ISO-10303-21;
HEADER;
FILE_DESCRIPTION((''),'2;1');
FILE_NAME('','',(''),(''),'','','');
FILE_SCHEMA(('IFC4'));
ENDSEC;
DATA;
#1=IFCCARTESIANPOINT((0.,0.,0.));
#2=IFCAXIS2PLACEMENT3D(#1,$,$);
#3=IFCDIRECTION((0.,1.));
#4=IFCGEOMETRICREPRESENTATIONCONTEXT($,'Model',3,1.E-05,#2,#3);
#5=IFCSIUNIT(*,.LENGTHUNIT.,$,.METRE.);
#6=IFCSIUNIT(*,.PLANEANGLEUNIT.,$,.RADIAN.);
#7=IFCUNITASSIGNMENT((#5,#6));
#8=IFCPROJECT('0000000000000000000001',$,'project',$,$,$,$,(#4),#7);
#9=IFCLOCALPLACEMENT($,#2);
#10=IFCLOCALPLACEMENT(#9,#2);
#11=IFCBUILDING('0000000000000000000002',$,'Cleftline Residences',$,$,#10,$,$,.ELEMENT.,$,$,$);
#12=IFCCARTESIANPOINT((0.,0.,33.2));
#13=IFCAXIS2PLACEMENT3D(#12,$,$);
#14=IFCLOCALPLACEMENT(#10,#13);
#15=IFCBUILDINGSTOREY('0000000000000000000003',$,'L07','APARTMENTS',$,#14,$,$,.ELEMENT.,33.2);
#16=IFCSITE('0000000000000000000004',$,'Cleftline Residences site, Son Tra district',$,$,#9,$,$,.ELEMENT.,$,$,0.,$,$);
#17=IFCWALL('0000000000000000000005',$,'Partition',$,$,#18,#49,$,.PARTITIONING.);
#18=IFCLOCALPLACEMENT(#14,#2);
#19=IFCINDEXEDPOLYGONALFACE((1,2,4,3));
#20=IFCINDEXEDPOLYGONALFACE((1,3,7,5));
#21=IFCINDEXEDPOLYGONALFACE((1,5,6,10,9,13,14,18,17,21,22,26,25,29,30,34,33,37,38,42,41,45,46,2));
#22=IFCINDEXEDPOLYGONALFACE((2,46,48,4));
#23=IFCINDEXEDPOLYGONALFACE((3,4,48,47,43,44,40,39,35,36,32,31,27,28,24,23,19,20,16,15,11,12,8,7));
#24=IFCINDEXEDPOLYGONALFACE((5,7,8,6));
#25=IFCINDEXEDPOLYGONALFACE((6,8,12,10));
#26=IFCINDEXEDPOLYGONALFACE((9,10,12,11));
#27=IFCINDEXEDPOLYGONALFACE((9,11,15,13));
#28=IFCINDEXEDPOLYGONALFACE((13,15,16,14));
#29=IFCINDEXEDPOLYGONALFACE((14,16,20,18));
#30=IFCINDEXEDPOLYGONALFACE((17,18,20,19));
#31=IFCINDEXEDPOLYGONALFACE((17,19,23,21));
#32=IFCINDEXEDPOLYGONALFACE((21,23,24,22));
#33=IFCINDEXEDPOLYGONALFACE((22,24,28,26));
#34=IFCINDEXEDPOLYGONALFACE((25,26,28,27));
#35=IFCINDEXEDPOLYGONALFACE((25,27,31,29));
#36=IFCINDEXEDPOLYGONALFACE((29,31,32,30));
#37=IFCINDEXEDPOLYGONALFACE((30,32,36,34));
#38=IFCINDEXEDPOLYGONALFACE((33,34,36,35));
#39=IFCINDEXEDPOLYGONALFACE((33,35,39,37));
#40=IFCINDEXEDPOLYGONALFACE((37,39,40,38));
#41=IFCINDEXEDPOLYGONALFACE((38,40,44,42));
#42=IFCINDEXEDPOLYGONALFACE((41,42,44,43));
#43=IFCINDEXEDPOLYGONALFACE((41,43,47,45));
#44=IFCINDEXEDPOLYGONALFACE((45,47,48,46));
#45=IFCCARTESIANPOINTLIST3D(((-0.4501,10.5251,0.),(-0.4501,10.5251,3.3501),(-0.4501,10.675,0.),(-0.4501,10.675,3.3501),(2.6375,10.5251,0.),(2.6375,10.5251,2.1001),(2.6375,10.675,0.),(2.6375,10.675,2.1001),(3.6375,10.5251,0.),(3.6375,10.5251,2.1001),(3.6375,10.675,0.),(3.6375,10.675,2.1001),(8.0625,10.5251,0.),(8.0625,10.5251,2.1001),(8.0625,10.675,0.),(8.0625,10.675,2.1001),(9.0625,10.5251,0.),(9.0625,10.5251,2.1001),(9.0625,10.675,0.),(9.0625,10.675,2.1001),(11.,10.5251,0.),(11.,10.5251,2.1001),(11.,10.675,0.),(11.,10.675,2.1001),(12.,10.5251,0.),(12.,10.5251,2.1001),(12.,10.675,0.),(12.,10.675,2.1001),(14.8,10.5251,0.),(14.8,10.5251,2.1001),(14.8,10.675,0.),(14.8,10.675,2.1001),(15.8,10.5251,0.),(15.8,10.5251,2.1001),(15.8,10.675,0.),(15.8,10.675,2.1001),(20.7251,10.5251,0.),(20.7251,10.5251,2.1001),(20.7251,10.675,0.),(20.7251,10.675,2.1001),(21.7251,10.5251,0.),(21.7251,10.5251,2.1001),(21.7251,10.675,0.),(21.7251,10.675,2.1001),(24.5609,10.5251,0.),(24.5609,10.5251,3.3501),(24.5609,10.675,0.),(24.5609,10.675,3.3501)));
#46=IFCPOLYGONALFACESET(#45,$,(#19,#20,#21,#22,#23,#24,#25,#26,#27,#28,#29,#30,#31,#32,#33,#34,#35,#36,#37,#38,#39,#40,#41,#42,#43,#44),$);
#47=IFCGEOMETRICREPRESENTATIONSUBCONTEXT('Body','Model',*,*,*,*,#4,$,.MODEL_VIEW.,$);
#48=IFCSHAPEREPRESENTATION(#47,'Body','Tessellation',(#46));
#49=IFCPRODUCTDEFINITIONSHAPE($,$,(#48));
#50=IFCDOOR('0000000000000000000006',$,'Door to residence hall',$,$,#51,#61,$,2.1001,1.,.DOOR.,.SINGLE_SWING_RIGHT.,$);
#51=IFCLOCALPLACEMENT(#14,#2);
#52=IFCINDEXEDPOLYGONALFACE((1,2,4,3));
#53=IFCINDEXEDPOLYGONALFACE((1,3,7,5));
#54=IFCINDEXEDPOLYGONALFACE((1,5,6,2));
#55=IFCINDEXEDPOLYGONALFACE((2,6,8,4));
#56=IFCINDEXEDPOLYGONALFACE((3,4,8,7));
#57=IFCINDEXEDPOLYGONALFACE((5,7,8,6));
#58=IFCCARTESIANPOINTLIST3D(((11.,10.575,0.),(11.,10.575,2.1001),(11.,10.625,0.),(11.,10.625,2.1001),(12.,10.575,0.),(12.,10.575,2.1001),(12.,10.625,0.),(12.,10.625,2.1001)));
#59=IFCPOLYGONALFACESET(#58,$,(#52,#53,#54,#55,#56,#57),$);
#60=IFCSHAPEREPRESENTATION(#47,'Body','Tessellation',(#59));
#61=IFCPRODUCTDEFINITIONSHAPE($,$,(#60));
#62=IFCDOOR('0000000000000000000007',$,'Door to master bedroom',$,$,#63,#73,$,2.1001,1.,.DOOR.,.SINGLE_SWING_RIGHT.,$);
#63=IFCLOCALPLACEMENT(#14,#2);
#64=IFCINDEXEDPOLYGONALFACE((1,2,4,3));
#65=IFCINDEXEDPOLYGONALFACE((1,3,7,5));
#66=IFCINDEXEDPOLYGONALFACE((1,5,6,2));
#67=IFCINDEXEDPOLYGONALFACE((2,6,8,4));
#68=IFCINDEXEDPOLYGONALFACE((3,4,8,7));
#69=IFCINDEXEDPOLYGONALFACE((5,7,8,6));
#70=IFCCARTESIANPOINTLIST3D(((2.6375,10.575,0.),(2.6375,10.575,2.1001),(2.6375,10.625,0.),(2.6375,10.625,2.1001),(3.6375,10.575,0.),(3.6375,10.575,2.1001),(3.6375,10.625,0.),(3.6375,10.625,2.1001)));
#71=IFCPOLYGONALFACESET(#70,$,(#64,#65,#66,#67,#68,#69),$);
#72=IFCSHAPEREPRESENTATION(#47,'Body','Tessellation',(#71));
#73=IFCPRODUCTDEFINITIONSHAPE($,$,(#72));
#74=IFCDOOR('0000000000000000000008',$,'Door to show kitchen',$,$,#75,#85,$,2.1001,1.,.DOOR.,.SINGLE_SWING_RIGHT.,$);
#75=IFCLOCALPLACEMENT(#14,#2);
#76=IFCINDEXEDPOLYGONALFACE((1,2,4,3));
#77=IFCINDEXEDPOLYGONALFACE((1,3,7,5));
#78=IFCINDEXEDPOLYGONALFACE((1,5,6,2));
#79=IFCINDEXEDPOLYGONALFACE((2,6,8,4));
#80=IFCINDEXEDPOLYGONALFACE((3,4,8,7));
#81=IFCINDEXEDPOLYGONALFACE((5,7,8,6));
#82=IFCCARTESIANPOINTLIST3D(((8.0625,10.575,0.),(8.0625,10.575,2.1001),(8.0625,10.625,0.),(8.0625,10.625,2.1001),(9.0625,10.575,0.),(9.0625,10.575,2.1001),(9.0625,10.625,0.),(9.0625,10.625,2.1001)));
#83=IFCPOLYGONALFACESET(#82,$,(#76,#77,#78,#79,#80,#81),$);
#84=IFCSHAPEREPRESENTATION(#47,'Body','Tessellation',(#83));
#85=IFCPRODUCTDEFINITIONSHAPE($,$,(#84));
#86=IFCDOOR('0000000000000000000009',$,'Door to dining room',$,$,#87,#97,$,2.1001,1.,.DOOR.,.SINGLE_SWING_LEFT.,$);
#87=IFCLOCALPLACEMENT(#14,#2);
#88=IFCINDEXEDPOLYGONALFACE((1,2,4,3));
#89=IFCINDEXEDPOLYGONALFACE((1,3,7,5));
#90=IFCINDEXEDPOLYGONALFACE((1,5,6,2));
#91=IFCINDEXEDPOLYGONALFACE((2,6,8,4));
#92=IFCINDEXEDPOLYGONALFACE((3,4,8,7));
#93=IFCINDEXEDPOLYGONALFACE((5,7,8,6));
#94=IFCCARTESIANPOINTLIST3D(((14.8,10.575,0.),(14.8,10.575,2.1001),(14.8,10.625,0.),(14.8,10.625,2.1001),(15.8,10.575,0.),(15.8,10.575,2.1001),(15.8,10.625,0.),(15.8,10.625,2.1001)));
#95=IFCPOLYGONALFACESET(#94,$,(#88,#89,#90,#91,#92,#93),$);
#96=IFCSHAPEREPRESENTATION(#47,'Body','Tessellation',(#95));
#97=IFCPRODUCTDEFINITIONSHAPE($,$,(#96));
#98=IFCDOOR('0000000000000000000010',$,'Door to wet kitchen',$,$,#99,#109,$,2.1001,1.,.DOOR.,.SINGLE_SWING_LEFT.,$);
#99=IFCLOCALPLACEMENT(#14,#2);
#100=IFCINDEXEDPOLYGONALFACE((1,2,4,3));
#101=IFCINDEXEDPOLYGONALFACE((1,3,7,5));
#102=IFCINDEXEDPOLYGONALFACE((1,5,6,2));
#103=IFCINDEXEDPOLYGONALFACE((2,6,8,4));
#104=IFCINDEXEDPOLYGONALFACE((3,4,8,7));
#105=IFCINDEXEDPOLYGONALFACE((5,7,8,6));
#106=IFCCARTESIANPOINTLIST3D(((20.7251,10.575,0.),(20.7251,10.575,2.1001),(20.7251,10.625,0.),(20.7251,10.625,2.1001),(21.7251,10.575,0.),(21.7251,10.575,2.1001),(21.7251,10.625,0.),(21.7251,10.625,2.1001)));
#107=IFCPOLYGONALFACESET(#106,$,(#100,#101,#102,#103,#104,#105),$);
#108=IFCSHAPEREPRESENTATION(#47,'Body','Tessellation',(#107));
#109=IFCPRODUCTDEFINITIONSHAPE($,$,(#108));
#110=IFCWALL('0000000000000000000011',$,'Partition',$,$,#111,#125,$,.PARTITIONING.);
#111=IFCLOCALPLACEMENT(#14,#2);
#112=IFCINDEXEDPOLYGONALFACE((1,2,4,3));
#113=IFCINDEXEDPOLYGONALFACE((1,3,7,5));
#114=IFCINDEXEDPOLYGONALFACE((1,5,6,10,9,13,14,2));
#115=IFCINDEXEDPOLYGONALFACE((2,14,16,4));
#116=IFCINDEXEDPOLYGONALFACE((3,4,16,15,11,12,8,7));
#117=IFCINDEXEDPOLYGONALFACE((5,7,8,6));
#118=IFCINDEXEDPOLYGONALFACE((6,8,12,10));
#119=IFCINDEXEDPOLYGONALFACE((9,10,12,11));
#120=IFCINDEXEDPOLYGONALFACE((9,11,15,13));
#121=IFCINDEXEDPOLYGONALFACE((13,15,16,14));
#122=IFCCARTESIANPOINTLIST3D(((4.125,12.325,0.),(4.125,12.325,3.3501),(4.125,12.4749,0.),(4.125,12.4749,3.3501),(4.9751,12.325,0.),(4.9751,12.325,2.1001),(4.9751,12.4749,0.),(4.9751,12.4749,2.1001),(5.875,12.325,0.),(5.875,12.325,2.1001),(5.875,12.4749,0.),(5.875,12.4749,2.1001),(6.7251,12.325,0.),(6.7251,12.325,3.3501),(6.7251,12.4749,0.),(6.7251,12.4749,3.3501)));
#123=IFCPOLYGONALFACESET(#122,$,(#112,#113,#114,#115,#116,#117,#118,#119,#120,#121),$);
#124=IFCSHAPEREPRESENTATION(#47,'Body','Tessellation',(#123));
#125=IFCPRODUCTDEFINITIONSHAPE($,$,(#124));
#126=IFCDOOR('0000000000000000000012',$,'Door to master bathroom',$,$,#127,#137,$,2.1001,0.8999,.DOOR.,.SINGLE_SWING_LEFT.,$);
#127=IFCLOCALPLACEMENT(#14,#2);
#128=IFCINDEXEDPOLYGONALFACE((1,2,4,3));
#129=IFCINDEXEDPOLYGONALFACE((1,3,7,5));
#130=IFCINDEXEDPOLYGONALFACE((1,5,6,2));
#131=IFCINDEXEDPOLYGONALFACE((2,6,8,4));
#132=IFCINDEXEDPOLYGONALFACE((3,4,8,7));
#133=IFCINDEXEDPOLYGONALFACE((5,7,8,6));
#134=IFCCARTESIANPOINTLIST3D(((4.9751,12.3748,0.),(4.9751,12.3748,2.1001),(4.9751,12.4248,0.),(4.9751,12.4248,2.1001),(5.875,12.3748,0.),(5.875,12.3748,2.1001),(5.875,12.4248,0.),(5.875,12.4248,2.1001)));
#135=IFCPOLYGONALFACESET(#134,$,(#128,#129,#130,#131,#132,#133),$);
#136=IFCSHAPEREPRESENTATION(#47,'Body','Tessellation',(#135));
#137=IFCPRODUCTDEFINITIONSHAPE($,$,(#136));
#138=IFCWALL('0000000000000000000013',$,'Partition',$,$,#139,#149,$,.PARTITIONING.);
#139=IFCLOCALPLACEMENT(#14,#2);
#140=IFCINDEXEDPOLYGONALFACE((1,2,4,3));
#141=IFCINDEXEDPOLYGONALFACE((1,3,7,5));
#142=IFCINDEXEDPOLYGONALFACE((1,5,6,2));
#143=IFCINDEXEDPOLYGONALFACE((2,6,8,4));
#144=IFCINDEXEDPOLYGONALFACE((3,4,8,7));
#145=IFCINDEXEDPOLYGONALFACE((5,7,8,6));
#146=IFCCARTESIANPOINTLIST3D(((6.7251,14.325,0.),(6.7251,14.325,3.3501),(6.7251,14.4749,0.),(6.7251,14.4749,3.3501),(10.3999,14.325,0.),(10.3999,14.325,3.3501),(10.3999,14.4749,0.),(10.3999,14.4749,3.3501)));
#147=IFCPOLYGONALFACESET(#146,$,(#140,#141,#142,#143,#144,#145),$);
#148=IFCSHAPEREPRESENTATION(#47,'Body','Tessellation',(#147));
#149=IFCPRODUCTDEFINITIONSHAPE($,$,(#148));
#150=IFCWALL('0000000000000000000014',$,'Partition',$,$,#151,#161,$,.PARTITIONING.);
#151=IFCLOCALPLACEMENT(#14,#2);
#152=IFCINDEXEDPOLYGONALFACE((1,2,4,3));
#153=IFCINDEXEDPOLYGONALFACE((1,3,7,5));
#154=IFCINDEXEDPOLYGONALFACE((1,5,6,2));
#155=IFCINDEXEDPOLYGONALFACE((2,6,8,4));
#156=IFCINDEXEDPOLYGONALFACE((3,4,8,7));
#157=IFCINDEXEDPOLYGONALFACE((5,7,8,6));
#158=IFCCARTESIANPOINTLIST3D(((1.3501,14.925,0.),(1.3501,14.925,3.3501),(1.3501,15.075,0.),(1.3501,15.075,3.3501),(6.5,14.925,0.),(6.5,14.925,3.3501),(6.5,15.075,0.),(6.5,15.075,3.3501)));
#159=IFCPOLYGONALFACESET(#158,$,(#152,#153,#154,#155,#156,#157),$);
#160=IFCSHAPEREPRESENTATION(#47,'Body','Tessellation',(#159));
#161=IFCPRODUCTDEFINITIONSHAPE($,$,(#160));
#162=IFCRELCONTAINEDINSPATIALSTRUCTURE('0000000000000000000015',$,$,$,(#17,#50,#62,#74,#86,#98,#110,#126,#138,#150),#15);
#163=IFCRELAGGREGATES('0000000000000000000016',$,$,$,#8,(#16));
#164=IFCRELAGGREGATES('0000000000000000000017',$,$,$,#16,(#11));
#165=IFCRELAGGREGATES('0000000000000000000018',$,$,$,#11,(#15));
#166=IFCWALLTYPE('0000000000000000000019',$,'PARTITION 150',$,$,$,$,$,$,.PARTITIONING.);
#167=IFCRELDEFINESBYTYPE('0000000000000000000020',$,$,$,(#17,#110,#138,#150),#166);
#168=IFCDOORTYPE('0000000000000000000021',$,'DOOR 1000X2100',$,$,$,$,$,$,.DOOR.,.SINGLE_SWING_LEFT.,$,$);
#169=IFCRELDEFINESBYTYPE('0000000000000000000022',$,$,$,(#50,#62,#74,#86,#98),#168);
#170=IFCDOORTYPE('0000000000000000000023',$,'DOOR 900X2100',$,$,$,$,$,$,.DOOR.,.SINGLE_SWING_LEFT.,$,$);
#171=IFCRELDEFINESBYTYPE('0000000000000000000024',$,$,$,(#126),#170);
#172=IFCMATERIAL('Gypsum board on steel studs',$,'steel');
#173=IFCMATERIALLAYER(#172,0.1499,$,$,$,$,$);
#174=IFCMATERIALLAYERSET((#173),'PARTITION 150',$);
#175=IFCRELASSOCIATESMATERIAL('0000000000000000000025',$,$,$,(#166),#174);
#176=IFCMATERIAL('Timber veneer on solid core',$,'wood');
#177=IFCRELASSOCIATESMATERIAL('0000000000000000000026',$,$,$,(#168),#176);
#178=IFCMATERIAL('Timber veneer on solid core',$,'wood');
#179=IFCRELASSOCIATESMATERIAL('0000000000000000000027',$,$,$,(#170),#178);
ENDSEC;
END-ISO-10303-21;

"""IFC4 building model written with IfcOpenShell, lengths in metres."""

from ifc_helpers import new_model, si_unit, direction, frame, frame_2d, origin, place, context, subcontext, project, spatial, rectangle, extrude, material, layer, layer_set, type_object, element, fill, save


model = new_model("IFC4")

# Units and contexts
model_context = context("Model", 3, precision=1e-05, world=origin(), true_north=direction((0.0, 1.0)))
body_context = subcontext(model_context, "Body", "Model", "MODEL_VIEW")
ifc_project = project(units=[si_unit("LENGTHUNIT", "METRE"), si_unit("PLANEANGLEUNIT", "RADIAN")], contexts=[model_context])

# Site, building, storey
site_placement = place(None, origin())
site = spatial("IfcSite", under=ifc_project, at=site_placement, Name="Cleftline Residences site, Son Tra district", CompositionType="ELEMENT", RefElevation=0.0)
building_placement = place(site_placement, origin())
building = spatial("IfcBuilding", under=site, at=building_placement, Name="Cleftline Residences", CompositionType="ELEMENT")
storey_placement = place(building_placement, frame((0.0, 0.0, 33.2)))
storey = spatial("IfcBuildingStorey", under=building, at=storey_placement, Name="L07", Description="APARTMENTS", CompositionType="ELEMENT", Elevation=33.2)

# Wall, openings, doors
ifc_material_1 = material(Name="Gypsum board on steel studs", Category="steel")
ifc_layer = layer(ifc_material_1, 0.1499)
ifc_layer_set = layer_set([ifc_layer], Name="PARTITION 150")
wall_type = type_object("IfcWallType", Name="PARTITION 150", PredefinedType="PARTITIONING", material=ifc_layer_set)
wall_1_placement = place(storey_placement, frame((-0.45, 10.6001, 0.0), z_axis=(0.0, 0.0, 1.0), x_axis=(1.0, 0.0, 0.0)))
wall_1 = element("IfcWall", 1, at=wall_1_placement, inside=storey, type_object=wall_type, Name="Partition", PredefinedType="PARTITIONING", context=body_context, shape_type="SweptSolid", body=[
    extrude(rectangle(XDim=25.011, YDim=0.1499, at=frame_2d((12.5054, 0.0))), origin(), (0.0, 0.0, 1.0), 3.3501),
])
opening_1_placement = place(wall_1_placement, frame((11.45, 0.0, 0.0)))
opening_1 = element("IfcOpeningElement", 2, at=opening_1_placement, cuts=wall_1, PredefinedType="OPENING", context=body_context, shape_type="SweptSolid", body=[
    extrude(rectangle(XDim=1.0, YDim=2.1001, at=frame_2d((0.5, 1.05))), frame((0.0, 0.085, 0.0), z_axis=(0.0, -1.0, 0.0), x_axis=(1.0, 0.0, 0.0)), (0.0, 0.0, 1.0), 0.1699),
])
opening_2_placement = place(wall_1_placement, frame((3.0874, 0.0, 0.0)))
opening_2 = element("IfcOpeningElement", 3, at=opening_2_placement, cuts=wall_1, PredefinedType="OPENING", context=body_context, shape_type="SweptSolid", body=[
    extrude(rectangle(XDim=1.0, YDim=2.1001, at=frame_2d((0.5, 1.05))), frame((0.0, 0.085, 0.0), z_axis=(0.0, -1.0, 0.0), x_axis=(1.0, 0.0, 0.0)), (0.0, 0.0, 1.0), 0.1699),
])
opening_3_placement = place(wall_1_placement, frame((8.5125, 0.0, 0.0)))
opening_3 = element("IfcOpeningElement", 4, at=opening_3_placement, cuts=wall_1, PredefinedType="OPENING", context=body_context, shape_type="SweptSolid", body=[
    extrude(rectangle(XDim=1.0, YDim=2.1001, at=frame_2d((0.5, 1.05))), frame((0.0, 0.085, 0.0), z_axis=(0.0, -1.0, 0.0), x_axis=(1.0, 0.0, 0.0)), (0.0, 0.0, 1.0), 0.1699),
])
opening_4_placement = place(wall_1_placement, frame((15.25, 0.0, 0.0)))
opening_4 = element("IfcOpeningElement", 5, at=opening_4_placement, cuts=wall_1, PredefinedType="OPENING", context=body_context, shape_type="SweptSolid", body=[
    extrude(rectangle(XDim=1.0, YDim=2.1001, at=frame_2d((0.5, 1.05))), frame((0.0, 0.085, 0.0), z_axis=(0.0, -1.0, 0.0), x_axis=(1.0, 0.0, 0.0)), (0.0, 0.0, 1.0), 0.1699),
])
opening_5_placement = place(wall_1_placement, frame((21.175, 0.0, 0.0)))
opening_5 = element("IfcOpeningElement", 6, at=opening_5_placement, cuts=wall_1, PredefinedType="OPENING", context=body_context, shape_type="SweptSolid", body=[
    extrude(rectangle(XDim=1.0, YDim=2.1001, at=frame_2d((0.5, 1.05))), frame((0.0, 0.085, 0.0), z_axis=(0.0, -1.0, 0.0), x_axis=(1.0, 0.0, 0.0)), (0.0, 0.0, 1.0), 0.1699),
])
ifc_material_2 = material(Name="Timber veneer on solid core", Category="wood")
door_type_1 = type_object("IfcDoorType", Name="DOOR 1000X2100", OperationType="SINGLE_SWING_LEFT", PredefinedType="DOOR", material=ifc_material_2)
door_1_placement = place(opening_1_placement, origin())
door_1 = element("IfcDoor", 7, at=door_1_placement, inside=storey, type_object=door_type_1, Name="Door to residence hall", OperationType="SINGLE_SWING_RIGHT", OverallHeight=2.1001, OverallWidth=1.0, PredefinedType="DOOR", context=body_context, shape_type="SweptSolid", body=[
    extrude(rectangle(XDim=1.0, YDim=2.1001, at=frame_2d((0.5, 1.05))), frame((0.0, 0.0249, 0.0), z_axis=(0.0, -1.0, 0.0), x_axis=(1.0, 0.0, 0.0)), (0.0, 0.0, 1.0), 0.05),
])
fill(opening_1, door_1)
door_2_placement = place(opening_2_placement, origin())
door_2 = element("IfcDoor", 8, at=door_2_placement, inside=storey, type_object=door_type_1, Name="Door to master bedroom", OperationType="SINGLE_SWING_RIGHT", OverallHeight=2.1001, OverallWidth=1.0, PredefinedType="DOOR", context=body_context, shape_type="SweptSolid", body=[
    extrude(rectangle(XDim=1.0, YDim=2.1001, at=frame_2d((0.5, 1.05))), frame((0.0, 0.0249, 0.0), z_axis=(0.0, -1.0, 0.0), x_axis=(1.0, 0.0, 0.0)), (0.0, 0.0, 1.0), 0.05),
])
fill(opening_2, door_2)
door_3_placement = place(opening_3_placement, origin())
door_3 = element("IfcDoor", 9, at=door_3_placement, inside=storey, type_object=door_type_1, Name="Door to show kitchen", OperationType="SINGLE_SWING_RIGHT", OverallHeight=2.1001, OverallWidth=1.0, PredefinedType="DOOR", context=body_context, shape_type="SweptSolid", body=[
    extrude(rectangle(XDim=1.0, YDim=2.1001, at=frame_2d((0.5, 1.05))), frame((0.0, 0.0249, 0.0), z_axis=(0.0, -1.0, 0.0), x_axis=(1.0, 0.0, 0.0)), (0.0, 0.0, 1.0), 0.05),
])
fill(opening_3, door_3)
door_4_placement = place(opening_4_placement, origin())
door_4 = element("IfcDoor", 10, at=door_4_placement, inside=storey, type_object=door_type_1, Name="Door to dining room", OperationType="SINGLE_SWING_LEFT", OverallHeight=2.1001, OverallWidth=1.0, PredefinedType="DOOR", context=body_context, shape_type="SweptSolid", body=[
    extrude(rectangle(XDim=1.0, YDim=2.1001, at=frame_2d((0.5, 1.05))), frame((0.0, 0.0249, 0.0), z_axis=(0.0, -1.0, 0.0), x_axis=(1.0, 0.0, 0.0)), (0.0, 0.0, 1.0), 0.05),
])
fill(opening_4, door_4)
door_5_placement = place(opening_5_placement, origin())
door_5 = element("IfcDoor", 11, at=door_5_placement, inside=storey, type_object=door_type_1, Name="Door to wet kitchen", OperationType="SINGLE_SWING_LEFT", OverallHeight=2.1001, OverallWidth=1.0, PredefinedType="DOOR", context=body_context, shape_type="SweptSolid", body=[
    extrude(rectangle(XDim=1.0, YDim=2.1001, at=frame_2d((0.5, 1.05))), frame((0.0, 0.0249, 0.0), z_axis=(0.0, -1.0, 0.0), x_axis=(1.0, 0.0, 0.0)), (0.0, 0.0, 1.0), 0.05),
])
fill(opening_5, door_5)

# Wall, opening, door
wall_2_placement = place(storey_placement, frame((4.125, 12.3999, 0.0), z_axis=(0.0, 0.0, 1.0), x_axis=(1.0, 0.0, 0.0)))
wall_2 = element("IfcWall", 12, at=wall_2_placement, inside=storey, type_object=wall_type, Name="Partition", PredefinedType="PARTITIONING", context=body_context, shape_type="SweptSolid", body=[
    extrude(rectangle(XDim=2.6001, YDim=0.1499, at=frame_2d((1.3, 0.0))), origin(), (0.0, 0.0, 1.0), 3.3501),
])
opening_6_placement = place(wall_2_placement, frame((0.8501, 0.0, 0.0)))
opening_6 = element("IfcOpeningElement", 13, at=opening_6_placement, cuts=wall_2, PredefinedType="OPENING", context=body_context, shape_type="SweptSolid", body=[
    extrude(rectangle(XDim=0.8999, YDim=2.1001, at=frame_2d((0.45, 1.05))), frame((0.0, 0.085, 0.0), z_axis=(0.0, -1.0, 0.0), x_axis=(1.0, 0.0, 0.0)), (0.0, 0.0, 1.0), 0.1699),
])
ifc_material_3 = material(Name="Timber veneer on solid core", Category="wood")
door_type_2 = type_object("IfcDoorType", Name="DOOR 900X2100", OperationType="SINGLE_SWING_LEFT", PredefinedType="DOOR", material=ifc_material_3)
door_6_placement = place(opening_6_placement, origin())
door_6 = element("IfcDoor", 14, at=door_6_placement, inside=storey, type_object=door_type_2, Name="Door to master bathroom", OperationType="SINGLE_SWING_LEFT", OverallHeight=2.1001, OverallWidth=0.8999, PredefinedType="DOOR", context=body_context, shape_type="SweptSolid", body=[
    extrude(rectangle(XDim=0.8999, YDim=2.1001, at=frame_2d((0.45, 1.05))), frame((0.0, 0.0249, 0.0), z_axis=(0.0, -1.0, 0.0), x_axis=(1.0, 0.0, 0.0)), (0.0, 0.0, 1.0), 0.05),
])
fill(opening_6, door_6)

# Walls
wall_3_placement = place(storey_placement, frame((6.7251, 14.3999, 0.0), z_axis=(0.0, 0.0, 1.0), x_axis=(1.0, 0.0, 0.0)))
element("IfcWall", 15, at=wall_3_placement, inside=storey, type_object=wall_type, Name="Partition", PredefinedType="PARTITIONING", context=body_context, shape_type="SweptSolid", body=[
    extrude(rectangle(XDim=3.6748, YDim=0.1499, at=frame_2d((1.8374, 0.0))), origin(), (0.0, 0.0, 1.0), 3.3501),
])
wall_4_placement = place(storey_placement, frame((1.3501, 15.0, 0.0), z_axis=(0.0, 0.0, 1.0), x_axis=(1.0, 0.0, 0.0)))
element("IfcWall", 16, at=wall_4_placement, inside=storey, type_object=wall_type, Name="Partition", PredefinedType="PARTITIONING", context=body_context, shape_type="SweptSolid", body=[
    extrude(rectangle(XDim=5.1499, YDim=0.1499, at=frame_2d((2.575, 0.0))), origin(), (0.0, 0.0, 1.0), 3.3501),
])

save(model, "model.ifc")
